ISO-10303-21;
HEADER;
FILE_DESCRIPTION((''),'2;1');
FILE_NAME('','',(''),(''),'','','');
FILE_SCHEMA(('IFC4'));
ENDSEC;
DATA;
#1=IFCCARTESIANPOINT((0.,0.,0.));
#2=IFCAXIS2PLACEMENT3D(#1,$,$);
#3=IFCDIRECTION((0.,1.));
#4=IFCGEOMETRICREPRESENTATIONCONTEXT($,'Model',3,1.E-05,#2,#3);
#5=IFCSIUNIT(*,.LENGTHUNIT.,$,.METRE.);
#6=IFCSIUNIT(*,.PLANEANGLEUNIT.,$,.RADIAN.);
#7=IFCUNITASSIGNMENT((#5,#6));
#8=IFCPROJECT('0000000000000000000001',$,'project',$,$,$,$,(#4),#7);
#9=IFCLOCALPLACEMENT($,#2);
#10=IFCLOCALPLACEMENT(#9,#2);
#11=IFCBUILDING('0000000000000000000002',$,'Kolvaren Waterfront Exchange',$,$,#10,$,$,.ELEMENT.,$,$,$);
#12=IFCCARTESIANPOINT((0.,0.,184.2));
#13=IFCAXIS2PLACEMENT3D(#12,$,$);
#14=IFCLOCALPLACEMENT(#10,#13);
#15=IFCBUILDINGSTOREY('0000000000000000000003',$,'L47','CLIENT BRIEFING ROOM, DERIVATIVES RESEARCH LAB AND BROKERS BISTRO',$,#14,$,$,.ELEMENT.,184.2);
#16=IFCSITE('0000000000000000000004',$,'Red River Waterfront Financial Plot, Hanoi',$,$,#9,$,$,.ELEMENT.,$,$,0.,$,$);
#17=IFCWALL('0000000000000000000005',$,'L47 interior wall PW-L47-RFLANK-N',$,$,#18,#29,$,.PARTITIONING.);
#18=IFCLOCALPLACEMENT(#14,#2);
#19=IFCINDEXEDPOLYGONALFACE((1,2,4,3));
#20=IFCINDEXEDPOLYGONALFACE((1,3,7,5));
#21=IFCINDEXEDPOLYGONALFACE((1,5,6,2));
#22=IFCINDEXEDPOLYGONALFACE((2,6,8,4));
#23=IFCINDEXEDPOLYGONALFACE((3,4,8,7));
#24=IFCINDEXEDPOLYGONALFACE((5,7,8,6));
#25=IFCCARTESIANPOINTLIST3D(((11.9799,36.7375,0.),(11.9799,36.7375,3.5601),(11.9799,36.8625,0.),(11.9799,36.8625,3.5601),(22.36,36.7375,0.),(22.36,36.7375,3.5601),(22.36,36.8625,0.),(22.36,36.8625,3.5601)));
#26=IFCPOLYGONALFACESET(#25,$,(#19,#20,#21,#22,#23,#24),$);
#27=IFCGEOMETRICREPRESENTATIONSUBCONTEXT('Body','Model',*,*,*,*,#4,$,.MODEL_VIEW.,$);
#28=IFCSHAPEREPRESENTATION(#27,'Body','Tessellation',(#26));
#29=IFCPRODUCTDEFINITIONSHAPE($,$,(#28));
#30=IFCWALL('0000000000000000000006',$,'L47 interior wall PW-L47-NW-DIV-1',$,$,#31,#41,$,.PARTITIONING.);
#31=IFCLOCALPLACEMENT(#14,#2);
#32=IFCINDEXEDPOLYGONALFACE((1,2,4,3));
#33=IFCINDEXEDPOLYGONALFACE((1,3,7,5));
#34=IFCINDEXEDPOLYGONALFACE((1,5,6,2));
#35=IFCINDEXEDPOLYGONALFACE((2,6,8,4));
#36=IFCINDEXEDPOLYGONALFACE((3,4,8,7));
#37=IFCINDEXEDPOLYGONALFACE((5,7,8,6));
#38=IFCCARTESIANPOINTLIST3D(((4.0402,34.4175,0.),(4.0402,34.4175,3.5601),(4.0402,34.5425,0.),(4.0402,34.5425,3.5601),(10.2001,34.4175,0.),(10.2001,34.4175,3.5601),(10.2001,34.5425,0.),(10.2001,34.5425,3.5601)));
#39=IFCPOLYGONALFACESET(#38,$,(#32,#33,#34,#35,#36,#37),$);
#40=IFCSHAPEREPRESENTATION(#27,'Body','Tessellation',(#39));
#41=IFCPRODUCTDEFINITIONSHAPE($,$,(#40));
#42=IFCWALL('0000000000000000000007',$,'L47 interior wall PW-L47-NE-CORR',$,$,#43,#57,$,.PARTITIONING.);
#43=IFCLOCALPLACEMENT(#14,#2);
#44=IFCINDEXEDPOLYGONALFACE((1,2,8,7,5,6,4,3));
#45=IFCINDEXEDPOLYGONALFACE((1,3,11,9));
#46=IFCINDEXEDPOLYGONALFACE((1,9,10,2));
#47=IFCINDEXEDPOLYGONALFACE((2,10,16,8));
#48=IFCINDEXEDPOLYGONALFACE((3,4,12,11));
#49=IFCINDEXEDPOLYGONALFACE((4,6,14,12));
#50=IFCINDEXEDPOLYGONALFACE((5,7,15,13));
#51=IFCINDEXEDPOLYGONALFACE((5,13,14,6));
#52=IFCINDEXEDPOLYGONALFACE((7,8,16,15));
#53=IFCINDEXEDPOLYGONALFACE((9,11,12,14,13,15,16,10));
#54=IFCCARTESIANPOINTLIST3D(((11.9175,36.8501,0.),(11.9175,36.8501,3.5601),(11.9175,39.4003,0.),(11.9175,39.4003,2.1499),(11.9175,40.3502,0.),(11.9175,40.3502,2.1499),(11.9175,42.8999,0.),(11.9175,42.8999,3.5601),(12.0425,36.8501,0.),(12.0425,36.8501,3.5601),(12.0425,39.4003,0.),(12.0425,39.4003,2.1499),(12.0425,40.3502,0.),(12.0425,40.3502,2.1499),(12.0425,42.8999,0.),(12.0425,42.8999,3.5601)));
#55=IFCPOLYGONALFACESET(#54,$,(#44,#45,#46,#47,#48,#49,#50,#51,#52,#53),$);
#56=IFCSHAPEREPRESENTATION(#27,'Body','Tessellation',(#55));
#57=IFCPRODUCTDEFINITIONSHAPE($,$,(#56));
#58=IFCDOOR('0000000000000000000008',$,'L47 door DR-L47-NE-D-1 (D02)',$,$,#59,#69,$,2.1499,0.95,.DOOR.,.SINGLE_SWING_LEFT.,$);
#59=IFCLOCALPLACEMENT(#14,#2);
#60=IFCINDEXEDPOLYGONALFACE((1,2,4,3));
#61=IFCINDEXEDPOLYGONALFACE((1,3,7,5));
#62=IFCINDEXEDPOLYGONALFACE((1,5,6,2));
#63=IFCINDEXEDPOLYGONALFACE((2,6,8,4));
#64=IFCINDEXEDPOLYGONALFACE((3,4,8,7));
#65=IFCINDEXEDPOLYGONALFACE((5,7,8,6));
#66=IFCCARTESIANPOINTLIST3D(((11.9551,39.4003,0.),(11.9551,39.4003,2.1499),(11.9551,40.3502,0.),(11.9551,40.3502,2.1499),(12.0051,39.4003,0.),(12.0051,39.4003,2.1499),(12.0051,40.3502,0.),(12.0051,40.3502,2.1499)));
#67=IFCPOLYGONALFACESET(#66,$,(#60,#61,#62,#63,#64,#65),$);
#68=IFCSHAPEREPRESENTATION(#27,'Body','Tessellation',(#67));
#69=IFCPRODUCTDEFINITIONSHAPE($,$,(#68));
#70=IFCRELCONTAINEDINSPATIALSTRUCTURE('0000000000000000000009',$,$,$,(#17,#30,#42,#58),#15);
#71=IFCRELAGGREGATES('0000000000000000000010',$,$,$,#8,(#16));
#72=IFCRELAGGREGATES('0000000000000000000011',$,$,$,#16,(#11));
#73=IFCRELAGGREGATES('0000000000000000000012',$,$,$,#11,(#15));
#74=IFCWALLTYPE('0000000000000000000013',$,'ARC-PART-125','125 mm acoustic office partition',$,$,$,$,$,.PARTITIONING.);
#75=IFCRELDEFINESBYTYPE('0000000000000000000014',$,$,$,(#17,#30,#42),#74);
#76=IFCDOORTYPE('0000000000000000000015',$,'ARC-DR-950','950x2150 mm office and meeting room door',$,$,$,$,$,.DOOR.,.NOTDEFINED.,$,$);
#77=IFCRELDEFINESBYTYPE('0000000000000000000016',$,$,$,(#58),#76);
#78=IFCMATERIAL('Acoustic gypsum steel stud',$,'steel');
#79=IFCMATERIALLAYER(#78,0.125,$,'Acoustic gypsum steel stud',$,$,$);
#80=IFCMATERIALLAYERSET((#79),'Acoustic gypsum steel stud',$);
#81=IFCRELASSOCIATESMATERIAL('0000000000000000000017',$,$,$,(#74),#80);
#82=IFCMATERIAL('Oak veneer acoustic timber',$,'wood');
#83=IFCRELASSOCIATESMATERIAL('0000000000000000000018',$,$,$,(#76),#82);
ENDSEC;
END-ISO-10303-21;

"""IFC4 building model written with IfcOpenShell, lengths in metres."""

from ifc_helpers import new_model, si_unit, direction, frame, frame_2d, origin, place, context, subcontext, project, spatial, rectangle, extrude, material, layer, layer_set, type_object, element, fill, save


model = new_model("IFC4")

# Units and contexts
model_context = context("Model", 3, precision=1e-05, world=origin(), true_north=direction((0.0, 1.0)))
body_context = subcontext(model_context, "Body", "Model", "MODEL_VIEW")
ifc_project = project(units=[si_unit("LENGTHUNIT", "METRE"), si_unit("PLANEANGLEUNIT", "RADIAN")], contexts=[model_context])

# Site, building, storey
site_placement = place(None, origin())
site = spatial("IfcSite", under=ifc_project, at=site_placement, Name="Red River Waterfront Financial Plot, Hanoi", CompositionType="ELEMENT", RefElevation=0.0)
building_placement = place(site_placement, origin())
building = spatial("IfcBuilding", under=site, at=building_placement, Name="Kolvaren Waterfront Exchange", CompositionType="ELEMENT")
storey_placement = place(building_placement, frame((0.0, 0.0, 184.2)))
storey = spatial("IfcBuildingStorey", under=building, at=storey_placement, Name="L47", Description="CLIENT BRIEFING ROOM, DERIVATIVES RESEARCH LAB AND BROKERS BISTRO", CompositionType="ELEMENT", Elevation=184.2)

# Walls
ifc_material_1 = material(Name="Acoustic gypsum steel stud", Category="steel")
ifc_layer_1 = layer(ifc_material_1, 0.125, Name="Acoustic gypsum steel stud")
ifc_layer_set_1 = layer_set([ifc_layer_1], Name="Acoustic gypsum steel stud")
wall_type = type_object("IfcWallType", Name="ARC-PART-125", Description="125 mm acoustic office partition", PredefinedType="PARTITIONING", material=ifc_layer_set_1)
wall_1_placement = place(storey_placement, frame((11.98, 36.8, 0.0), z_axis=(0.0, 0.0, 1.0), x_axis=(1.0, 0.0, 0.0)))
element("IfcWall", 1, at=wall_1_placement, inside=storey, type_object=wall_type, Name="L47 interior wall PW-L47-RFLANK-N", PredefinedType="PARTITIONING", context=body_context, shape_type="SweptSolid", body=[
    extrude(rectangle(XDim=10.3801, YDim=0.125, at=frame_2d((5.1899, 0.0))), origin(), (0.0, 0.0, 1.0), 3.5601),
])
wall_2_placement = place(storey_placement, frame((4.04, 34.48, 0.0), z_axis=(0.0, 0.0, 1.0), x_axis=(1.0, 0.0, 0.0)))
element("IfcWall", 2, at=wall_2_placement, inside=storey, type_object=wall_type, Name="L47 interior wall PW-L47-NW-DIV-1", PredefinedType="PARTITIONING", context=body_context, shape_type="SweptSolid", body=[
    extrude(rectangle(XDim=6.1599, YDim=0.125, at=frame_2d((3.0801, 0.0))), origin(), (0.0, 0.0, 1.0), 3.5601),
])

# Wall, opening, door
wall_3_placement = place(storey_placement, frame((11.98, 36.8501, 0.0), z_axis=(0.0, 0.0, 1.0), x_axis=(0.0, 1.0, 0.0)))
wall_3 = element("IfcWall", 3, at=wall_3_placement, inside=storey, type_object=wall_type, Name="L47 interior wall PW-L47-NE-CORR", PredefinedType="PARTITIONING", context=body_context, shape_type="SweptSolid", body=[
    extrude(rectangle(XDim=6.0498, YDim=0.125, at=frame_2d((3.0249, 0.0))), origin(), (0.0, 0.0, 1.0), 3.5601),
])
opening_placement = place(wall_3_placement, frame((2.55, 0.0, 0.0)))
opening = element("IfcOpeningElement", 4, at=opening_placement, cuts=wall_3, PredefinedType="OPENING", context=body_context, shape_type="SweptSolid", body=[
    extrude(rectangle(XDim=0.95, YDim=2.1499, at=frame_2d((0.4751, 1.075))), frame((0.0, 0.0725, 0.0), z_axis=(0.0, -1.0, 0.0), x_axis=(1.0, 0.0, 0.0)), (0.0, 0.0, 1.0), 0.145),
])
ifc_material_2 = material(Name="Oak veneer acoustic timber", Category="wood")
door_type = type_object("IfcDoorType", Name="ARC-DR-950", Description="950x2150 mm office and meeting room door", OperationType="NOTDEFINED", PredefinedType="DOOR", material=ifc_material_2)
door_placement = place(opening_placement, origin())
door = element("IfcDoor", 5, at=door_placement, inside=storey, type_object=door_type, Name="L47 door DR-L47-NE-D-1 (D02)", OperationType="SINGLE_SWING_LEFT", OverallHeight=2.1499, OverallWidth=0.95, PredefinedType="DOOR", context=body_context, shape_type="SweptSolid", body=[
    extrude(rectangle(XDim=0.95, YDim=2.1499, at=frame_2d((0.4751, 1.075))), frame((0.0, 0.0249, 0.0), z_axis=(0.0, -1.0, 0.0), x_axis=(1.0, 0.0, 0.0)), (0.0, 0.0, 1.0), 0.05),
])
fill(opening, door)

save(model, "model.ifc")
